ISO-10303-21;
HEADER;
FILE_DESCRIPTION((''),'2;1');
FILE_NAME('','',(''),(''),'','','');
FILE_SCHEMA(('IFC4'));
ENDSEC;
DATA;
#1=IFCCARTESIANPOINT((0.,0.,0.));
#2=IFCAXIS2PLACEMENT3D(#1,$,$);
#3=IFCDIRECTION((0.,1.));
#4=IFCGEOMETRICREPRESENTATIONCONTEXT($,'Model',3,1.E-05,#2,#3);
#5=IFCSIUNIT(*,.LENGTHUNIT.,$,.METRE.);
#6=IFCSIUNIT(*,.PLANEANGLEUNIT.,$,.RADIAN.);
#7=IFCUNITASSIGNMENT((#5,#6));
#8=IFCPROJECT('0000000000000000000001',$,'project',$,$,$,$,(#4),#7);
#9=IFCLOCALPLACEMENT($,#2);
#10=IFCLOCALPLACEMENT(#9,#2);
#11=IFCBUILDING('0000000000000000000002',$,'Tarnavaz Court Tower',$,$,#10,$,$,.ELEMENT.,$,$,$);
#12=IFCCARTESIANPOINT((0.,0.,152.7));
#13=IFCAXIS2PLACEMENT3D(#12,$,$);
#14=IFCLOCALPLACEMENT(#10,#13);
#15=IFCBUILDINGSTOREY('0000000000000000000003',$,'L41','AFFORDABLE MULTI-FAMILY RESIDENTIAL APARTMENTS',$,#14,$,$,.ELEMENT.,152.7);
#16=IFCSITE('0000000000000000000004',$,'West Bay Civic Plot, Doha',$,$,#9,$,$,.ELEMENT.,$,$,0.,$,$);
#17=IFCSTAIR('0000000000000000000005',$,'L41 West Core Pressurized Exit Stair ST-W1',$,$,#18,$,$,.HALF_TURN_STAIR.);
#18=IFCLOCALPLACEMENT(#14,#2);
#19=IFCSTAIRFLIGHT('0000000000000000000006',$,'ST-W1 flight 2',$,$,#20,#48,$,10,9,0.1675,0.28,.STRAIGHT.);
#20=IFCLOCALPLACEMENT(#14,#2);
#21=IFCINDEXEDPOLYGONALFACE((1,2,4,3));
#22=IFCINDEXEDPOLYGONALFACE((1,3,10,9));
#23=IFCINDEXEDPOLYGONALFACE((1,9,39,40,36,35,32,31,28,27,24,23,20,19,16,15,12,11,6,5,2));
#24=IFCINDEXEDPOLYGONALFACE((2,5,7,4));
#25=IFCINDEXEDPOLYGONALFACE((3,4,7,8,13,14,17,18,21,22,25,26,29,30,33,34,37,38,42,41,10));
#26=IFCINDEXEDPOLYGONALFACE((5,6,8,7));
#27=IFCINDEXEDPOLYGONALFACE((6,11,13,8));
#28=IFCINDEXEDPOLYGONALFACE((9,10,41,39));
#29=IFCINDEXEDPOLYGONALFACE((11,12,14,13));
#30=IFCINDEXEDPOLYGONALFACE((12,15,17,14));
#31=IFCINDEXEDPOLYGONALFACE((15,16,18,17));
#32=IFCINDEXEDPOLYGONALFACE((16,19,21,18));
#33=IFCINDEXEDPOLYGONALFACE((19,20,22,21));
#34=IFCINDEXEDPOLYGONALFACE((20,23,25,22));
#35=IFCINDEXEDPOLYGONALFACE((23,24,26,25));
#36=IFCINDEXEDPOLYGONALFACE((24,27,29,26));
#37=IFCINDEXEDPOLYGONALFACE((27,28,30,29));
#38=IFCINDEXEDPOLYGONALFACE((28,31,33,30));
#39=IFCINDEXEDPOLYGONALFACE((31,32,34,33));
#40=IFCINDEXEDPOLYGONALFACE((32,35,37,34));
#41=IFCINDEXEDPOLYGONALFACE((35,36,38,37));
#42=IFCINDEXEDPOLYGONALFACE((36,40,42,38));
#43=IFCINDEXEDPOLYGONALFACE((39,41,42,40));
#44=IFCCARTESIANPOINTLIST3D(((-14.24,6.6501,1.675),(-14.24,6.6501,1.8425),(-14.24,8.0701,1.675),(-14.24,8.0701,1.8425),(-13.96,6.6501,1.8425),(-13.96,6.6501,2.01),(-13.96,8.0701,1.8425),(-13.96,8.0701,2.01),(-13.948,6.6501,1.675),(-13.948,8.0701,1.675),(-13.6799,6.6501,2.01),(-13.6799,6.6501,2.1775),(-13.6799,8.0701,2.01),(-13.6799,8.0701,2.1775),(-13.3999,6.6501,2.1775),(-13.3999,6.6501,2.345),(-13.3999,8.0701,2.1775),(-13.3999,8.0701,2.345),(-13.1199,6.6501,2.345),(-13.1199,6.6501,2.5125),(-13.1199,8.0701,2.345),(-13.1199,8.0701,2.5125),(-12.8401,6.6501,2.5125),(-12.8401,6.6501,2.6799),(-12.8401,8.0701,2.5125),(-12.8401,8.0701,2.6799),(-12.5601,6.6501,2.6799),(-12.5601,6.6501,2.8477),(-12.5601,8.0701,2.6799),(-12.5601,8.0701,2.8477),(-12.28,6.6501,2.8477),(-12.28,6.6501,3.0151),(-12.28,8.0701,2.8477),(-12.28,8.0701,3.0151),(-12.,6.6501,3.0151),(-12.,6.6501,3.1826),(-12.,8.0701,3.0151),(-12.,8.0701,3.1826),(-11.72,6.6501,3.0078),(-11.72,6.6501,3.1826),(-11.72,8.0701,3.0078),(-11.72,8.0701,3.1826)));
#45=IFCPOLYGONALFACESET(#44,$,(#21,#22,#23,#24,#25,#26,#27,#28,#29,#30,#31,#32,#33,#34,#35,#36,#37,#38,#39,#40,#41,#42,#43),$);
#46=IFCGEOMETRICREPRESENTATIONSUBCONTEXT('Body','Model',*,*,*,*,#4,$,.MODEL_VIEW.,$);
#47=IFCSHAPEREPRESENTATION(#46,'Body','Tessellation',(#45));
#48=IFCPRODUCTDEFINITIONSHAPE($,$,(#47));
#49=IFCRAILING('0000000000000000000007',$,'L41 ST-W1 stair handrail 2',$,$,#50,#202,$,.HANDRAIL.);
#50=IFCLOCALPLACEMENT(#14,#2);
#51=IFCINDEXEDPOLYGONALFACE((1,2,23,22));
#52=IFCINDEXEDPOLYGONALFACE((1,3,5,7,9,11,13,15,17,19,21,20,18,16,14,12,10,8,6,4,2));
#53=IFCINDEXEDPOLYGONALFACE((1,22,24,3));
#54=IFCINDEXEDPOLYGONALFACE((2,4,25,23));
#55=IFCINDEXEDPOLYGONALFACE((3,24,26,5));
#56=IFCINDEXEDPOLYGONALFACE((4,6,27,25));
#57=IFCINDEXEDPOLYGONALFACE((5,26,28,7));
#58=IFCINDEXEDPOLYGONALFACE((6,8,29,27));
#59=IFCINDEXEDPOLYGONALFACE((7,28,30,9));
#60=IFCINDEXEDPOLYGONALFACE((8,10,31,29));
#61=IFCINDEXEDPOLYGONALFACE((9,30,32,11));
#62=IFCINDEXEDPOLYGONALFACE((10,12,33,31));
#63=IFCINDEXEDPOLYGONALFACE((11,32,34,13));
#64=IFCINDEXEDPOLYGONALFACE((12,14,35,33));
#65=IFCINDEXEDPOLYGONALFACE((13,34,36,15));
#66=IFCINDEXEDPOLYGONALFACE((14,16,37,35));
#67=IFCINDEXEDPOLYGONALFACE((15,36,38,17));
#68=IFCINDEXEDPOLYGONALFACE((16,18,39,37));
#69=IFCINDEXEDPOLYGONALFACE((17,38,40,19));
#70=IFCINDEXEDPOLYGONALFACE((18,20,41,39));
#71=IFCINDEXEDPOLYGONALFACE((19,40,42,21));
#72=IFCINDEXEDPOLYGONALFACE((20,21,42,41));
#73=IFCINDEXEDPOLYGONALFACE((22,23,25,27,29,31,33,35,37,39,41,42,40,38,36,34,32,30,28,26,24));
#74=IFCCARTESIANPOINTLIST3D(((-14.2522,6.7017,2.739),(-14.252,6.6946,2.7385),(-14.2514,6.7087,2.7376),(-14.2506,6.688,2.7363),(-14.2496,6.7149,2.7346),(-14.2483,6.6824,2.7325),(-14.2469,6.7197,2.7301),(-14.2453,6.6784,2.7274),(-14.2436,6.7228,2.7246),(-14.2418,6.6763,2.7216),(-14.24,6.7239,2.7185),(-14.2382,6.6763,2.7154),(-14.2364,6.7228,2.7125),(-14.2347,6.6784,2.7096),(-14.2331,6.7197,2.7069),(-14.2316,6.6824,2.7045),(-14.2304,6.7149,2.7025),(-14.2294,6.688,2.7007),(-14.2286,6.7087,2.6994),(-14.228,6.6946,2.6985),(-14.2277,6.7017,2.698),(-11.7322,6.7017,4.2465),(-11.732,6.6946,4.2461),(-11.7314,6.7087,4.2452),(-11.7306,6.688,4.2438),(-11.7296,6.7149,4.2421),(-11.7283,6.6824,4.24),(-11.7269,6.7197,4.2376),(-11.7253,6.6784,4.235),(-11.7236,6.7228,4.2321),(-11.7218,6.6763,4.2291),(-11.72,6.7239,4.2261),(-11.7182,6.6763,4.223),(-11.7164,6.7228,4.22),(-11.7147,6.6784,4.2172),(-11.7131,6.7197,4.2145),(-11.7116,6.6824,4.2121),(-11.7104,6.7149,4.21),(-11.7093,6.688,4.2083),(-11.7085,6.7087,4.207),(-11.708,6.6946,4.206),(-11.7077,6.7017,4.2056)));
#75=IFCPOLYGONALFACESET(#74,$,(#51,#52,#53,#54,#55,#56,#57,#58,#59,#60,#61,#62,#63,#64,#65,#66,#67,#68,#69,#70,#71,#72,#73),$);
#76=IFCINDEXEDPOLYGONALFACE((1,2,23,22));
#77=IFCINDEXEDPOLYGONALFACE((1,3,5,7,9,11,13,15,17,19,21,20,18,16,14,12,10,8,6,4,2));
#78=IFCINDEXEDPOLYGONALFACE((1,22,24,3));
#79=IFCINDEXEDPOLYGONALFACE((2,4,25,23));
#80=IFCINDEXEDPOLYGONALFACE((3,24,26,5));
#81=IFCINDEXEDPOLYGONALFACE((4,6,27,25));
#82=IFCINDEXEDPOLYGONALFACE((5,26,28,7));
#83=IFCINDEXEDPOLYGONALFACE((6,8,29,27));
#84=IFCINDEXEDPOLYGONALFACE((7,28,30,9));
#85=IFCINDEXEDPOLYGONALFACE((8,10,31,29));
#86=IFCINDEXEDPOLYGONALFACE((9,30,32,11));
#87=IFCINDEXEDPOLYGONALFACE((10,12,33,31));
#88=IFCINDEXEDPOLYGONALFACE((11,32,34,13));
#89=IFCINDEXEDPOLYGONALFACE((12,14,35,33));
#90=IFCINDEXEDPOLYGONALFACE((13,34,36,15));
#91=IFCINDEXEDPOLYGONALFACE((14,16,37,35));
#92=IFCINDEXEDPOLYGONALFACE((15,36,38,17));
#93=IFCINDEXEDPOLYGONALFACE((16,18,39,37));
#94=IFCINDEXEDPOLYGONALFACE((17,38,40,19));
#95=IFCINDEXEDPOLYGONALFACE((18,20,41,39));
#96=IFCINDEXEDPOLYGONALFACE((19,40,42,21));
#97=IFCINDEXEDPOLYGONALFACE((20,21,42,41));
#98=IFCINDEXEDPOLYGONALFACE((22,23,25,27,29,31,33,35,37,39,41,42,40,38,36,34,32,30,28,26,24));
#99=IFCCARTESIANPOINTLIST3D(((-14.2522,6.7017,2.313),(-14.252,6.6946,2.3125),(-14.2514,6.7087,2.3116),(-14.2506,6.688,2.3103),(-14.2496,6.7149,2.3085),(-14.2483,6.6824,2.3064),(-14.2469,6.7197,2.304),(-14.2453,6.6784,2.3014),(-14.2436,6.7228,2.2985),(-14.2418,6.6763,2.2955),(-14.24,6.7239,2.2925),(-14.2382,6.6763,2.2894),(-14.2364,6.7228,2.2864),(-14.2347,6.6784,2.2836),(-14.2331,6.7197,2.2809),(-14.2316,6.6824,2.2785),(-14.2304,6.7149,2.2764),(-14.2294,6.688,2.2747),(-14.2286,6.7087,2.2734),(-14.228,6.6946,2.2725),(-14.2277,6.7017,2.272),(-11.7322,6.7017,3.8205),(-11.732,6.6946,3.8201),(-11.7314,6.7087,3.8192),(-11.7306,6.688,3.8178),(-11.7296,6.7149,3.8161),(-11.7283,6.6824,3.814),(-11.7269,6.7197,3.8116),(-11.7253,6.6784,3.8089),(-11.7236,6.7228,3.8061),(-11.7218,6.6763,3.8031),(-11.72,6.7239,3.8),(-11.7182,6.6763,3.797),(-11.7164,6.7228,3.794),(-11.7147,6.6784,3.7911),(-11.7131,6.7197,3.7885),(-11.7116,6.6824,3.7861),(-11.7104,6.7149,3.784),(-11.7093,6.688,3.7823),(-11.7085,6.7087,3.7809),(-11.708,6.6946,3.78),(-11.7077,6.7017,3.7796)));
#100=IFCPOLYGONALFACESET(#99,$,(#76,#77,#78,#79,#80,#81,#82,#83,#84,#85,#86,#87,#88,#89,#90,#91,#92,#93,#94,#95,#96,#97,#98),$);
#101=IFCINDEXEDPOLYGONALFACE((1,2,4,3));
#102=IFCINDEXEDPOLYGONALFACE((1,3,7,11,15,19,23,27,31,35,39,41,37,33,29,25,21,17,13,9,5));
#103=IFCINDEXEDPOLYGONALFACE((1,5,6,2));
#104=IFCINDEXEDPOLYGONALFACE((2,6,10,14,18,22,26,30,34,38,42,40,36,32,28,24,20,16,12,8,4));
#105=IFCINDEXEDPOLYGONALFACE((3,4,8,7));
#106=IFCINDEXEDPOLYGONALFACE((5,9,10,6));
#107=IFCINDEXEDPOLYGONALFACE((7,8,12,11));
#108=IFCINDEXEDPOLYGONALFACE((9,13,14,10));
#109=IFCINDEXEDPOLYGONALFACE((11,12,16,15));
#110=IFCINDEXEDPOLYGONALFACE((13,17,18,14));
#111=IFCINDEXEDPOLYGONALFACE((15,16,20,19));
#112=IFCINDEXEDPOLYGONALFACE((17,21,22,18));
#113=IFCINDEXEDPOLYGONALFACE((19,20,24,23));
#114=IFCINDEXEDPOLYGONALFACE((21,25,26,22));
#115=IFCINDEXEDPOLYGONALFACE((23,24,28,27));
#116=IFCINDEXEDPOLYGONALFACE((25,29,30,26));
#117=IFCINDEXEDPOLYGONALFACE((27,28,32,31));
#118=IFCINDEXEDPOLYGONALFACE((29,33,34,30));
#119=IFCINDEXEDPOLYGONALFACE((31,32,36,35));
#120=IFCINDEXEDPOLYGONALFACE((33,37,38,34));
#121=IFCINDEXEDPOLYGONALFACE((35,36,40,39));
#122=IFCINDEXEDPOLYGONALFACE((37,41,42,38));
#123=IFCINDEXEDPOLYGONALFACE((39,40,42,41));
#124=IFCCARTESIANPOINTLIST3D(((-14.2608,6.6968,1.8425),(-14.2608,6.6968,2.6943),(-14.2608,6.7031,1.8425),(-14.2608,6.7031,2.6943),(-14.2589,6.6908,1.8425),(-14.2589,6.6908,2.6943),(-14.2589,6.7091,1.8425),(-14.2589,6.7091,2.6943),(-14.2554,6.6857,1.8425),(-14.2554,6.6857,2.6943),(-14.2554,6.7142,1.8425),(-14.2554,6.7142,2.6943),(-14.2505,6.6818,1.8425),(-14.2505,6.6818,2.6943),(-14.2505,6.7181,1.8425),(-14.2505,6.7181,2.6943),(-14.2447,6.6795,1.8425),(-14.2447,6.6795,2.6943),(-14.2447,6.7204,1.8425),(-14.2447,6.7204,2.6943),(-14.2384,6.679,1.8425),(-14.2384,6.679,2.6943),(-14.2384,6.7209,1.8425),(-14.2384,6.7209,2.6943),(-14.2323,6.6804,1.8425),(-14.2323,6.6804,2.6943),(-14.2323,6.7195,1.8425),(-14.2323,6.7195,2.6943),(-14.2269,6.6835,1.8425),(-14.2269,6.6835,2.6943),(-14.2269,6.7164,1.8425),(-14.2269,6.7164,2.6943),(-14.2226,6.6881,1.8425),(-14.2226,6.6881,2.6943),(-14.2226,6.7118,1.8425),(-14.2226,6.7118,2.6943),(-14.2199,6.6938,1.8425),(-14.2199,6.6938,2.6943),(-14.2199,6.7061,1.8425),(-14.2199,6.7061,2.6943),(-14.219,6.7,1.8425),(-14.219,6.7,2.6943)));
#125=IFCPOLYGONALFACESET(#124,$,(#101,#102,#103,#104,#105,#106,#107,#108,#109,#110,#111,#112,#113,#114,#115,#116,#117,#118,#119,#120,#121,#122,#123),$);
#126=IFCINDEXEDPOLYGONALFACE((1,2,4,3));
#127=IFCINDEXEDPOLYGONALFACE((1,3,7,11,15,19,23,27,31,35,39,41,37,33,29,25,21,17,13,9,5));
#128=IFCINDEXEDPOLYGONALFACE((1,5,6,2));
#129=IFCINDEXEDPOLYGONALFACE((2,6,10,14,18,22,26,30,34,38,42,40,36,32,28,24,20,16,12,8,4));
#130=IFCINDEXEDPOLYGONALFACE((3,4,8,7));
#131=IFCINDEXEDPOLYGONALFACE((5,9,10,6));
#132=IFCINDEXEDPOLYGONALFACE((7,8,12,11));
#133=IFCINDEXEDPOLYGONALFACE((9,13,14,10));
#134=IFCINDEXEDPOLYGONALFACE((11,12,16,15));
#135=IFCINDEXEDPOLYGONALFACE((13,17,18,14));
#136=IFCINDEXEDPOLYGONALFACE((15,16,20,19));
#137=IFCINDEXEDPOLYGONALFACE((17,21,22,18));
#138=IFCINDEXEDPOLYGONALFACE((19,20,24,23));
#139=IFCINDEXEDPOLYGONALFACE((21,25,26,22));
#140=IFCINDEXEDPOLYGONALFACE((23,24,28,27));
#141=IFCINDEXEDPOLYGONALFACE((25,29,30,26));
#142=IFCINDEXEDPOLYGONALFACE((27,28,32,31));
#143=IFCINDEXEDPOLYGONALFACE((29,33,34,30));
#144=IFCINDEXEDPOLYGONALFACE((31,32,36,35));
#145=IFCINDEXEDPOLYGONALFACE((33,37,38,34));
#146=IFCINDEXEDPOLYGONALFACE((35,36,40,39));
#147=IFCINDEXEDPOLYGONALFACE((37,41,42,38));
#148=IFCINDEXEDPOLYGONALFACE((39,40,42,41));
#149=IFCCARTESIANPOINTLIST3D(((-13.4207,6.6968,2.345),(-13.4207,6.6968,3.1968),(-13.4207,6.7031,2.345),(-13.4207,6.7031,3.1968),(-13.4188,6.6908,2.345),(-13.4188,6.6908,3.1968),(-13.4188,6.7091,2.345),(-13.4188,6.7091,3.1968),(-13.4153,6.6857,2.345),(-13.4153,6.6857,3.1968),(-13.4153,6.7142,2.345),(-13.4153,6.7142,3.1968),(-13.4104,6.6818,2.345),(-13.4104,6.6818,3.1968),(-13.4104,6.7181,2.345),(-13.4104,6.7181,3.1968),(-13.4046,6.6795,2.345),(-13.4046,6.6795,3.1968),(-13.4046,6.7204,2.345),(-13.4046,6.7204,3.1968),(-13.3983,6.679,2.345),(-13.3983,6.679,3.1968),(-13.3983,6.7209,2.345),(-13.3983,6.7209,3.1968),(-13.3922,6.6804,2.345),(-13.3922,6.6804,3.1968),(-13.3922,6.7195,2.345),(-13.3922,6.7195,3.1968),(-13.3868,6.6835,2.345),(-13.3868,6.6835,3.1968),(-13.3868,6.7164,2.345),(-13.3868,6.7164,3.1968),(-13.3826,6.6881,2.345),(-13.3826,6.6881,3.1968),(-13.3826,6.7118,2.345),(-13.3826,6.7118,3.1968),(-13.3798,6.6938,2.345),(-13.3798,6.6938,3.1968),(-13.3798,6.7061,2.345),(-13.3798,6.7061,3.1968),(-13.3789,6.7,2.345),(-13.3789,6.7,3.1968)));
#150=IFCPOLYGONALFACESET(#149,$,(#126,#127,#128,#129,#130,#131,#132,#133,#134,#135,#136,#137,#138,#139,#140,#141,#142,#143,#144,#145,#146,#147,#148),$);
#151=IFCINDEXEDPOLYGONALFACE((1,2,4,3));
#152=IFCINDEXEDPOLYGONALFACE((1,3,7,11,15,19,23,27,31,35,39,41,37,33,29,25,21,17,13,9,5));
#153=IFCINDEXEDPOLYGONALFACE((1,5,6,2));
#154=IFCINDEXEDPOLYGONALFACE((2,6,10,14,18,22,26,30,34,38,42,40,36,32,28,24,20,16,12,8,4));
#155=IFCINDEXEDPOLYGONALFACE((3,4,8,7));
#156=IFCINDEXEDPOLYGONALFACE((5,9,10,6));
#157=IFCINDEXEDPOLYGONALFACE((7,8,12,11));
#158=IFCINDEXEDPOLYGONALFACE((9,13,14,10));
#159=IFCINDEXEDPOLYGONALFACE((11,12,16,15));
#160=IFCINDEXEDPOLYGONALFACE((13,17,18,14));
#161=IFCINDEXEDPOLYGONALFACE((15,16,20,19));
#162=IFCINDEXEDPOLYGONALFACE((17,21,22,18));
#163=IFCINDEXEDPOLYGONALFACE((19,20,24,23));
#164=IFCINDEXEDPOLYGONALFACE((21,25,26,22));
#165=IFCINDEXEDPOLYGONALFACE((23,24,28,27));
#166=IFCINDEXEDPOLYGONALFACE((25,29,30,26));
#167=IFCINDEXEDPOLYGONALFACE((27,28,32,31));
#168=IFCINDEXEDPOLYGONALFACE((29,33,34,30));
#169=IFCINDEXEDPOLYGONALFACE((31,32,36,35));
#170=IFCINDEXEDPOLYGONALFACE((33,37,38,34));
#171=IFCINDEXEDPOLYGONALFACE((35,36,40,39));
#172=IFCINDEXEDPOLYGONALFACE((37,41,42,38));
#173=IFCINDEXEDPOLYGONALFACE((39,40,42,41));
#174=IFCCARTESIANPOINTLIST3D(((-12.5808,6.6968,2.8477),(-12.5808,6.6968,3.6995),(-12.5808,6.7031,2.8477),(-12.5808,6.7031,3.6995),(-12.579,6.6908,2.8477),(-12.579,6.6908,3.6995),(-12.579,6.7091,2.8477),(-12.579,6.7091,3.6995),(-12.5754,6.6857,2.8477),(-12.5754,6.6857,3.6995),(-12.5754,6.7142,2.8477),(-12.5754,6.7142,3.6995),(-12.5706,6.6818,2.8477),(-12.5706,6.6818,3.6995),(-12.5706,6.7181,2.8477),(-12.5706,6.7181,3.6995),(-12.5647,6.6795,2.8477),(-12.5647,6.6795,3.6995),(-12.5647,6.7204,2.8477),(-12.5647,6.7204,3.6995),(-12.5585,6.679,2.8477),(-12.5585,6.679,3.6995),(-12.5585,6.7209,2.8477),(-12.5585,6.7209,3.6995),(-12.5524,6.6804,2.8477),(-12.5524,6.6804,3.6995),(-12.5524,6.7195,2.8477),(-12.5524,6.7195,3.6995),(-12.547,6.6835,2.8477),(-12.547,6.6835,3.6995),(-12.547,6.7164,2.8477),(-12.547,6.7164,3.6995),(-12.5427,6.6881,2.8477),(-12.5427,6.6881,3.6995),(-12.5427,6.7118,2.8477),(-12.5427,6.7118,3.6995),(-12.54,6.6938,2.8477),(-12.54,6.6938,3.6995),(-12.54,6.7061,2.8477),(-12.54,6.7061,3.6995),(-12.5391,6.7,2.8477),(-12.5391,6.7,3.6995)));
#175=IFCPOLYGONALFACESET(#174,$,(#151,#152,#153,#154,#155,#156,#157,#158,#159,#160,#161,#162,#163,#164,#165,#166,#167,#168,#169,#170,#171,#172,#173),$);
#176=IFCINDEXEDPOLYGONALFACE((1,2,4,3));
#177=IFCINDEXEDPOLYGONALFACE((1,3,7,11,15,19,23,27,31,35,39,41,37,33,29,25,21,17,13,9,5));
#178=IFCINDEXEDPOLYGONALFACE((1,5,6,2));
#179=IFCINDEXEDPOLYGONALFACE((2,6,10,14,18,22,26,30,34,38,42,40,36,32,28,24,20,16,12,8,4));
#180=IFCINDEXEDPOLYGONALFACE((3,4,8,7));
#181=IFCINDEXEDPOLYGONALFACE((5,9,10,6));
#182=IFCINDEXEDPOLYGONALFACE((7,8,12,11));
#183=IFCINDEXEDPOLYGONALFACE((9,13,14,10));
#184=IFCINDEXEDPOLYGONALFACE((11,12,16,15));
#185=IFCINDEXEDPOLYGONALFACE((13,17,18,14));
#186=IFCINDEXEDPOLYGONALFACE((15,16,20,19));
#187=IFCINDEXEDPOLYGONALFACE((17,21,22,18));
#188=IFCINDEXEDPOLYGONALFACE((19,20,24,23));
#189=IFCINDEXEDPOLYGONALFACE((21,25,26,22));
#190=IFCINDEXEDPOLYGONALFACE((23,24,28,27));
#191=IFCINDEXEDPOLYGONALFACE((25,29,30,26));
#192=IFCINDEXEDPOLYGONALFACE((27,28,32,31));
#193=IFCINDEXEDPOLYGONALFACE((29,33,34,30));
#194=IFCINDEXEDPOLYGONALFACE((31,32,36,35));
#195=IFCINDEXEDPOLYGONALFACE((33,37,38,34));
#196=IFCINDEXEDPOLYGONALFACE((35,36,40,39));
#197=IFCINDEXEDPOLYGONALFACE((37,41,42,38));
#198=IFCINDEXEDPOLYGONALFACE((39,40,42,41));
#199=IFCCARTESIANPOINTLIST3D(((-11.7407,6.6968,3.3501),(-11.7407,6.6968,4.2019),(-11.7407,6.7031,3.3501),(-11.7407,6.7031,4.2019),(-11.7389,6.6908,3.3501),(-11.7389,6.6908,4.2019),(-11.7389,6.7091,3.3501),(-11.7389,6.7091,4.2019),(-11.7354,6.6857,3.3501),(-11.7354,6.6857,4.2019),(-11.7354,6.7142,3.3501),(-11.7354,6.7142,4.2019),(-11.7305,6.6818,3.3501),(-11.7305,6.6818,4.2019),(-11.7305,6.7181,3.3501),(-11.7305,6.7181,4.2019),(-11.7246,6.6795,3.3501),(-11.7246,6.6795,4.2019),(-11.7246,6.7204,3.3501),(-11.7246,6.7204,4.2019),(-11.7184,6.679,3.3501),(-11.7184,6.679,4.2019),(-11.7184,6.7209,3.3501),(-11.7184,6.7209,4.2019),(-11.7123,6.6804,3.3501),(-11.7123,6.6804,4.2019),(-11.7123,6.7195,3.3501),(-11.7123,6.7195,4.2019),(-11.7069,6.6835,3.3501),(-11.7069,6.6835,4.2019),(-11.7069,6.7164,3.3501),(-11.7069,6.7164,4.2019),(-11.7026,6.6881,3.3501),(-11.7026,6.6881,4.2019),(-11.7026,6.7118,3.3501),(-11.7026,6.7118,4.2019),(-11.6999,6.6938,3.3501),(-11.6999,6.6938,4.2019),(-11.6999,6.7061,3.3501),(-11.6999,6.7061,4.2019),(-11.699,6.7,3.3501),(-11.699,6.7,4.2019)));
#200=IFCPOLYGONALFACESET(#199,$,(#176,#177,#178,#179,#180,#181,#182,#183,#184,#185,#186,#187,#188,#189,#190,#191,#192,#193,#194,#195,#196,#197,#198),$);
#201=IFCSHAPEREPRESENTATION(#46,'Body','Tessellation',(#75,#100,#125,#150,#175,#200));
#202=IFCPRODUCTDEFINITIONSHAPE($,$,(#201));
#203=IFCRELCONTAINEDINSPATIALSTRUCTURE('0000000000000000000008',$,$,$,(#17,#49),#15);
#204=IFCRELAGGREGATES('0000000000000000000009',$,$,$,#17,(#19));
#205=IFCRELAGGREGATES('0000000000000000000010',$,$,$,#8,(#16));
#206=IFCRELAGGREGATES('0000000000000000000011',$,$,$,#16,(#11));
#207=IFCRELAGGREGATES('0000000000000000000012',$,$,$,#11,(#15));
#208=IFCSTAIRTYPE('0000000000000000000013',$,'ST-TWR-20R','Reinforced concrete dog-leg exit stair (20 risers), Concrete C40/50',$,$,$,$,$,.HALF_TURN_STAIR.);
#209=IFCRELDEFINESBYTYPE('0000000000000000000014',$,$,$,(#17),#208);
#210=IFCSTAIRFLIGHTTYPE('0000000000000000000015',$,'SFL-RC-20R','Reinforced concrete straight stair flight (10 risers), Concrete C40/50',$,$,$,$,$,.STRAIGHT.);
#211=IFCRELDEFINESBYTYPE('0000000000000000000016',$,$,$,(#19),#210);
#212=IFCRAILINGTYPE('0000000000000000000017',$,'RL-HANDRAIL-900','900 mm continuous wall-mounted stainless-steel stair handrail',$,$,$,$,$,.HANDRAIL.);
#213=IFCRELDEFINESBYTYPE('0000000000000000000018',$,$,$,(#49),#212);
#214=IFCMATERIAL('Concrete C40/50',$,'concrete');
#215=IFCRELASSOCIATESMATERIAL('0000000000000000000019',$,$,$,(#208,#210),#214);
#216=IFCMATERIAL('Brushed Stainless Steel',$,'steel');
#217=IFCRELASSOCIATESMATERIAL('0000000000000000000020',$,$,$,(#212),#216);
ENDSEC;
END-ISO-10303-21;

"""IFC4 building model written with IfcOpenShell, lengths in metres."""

from ifc_helpers import new_model, si_unit, direction, frame, origin, origin_2d, place, context, subcontext, project, spatial, polyline, circle, outline, extrude, material, type_object, element, aggregate, save


model = new_model("IFC4")

# Units and contexts
model_context = context("Model", 3, precision=1e-05, world=origin(), true_north=direction((0.0, 1.0)))
body_context = subcontext(model_context, "Body", "Model", "MODEL_VIEW")
ifc_project = project(units=[si_unit("LENGTHUNIT", "METRE"), si_unit("PLANEANGLEUNIT", "RADIAN")], contexts=[model_context])

# Site, building, storey
site_placement = place(None, origin())
site = spatial("IfcSite", under=ifc_project, at=site_placement, Name="West Bay Civic Plot, Doha", CompositionType="ELEMENT", RefElevation=0.0)
building_placement = place(site_placement, origin())
building = spatial("IfcBuilding", under=site, at=building_placement, Name="Tarnavaz Court Tower", CompositionType="ELEMENT")
storey_placement = place(building_placement, frame((0.0, 0.0, 152.7)))
storey = spatial("IfcBuildingStorey", under=building, at=storey_placement, Name="L41", Description="AFFORDABLE MULTI-FAMILY RESIDENTIAL APARTMENTS", CompositionType="ELEMENT", Elevation=152.7)

# Stair, stair flight
ifc_material_1 = material(Name="Concrete C40/50", Category="concrete")
stair_type = type_object("IfcStairType", Name="ST-TWR-20R", Description="Reinforced concrete dog-leg exit stair (20 risers), Concrete C40/50", PredefinedType="HALF_TURN_STAIR", material=ifc_material_1)
stair_placement = place(storey_placement, origin())
stair = element("IfcStair", 1, at=stair_placement, inside=storey, type_object=stair_type, Name="L41 West Core Pressurized Exit Stair ST-W1", PredefinedType="HALF_TURN_STAIR")
stair_flight_type = type_object("IfcStairFlightType", Name="SFL-RC-20R", Description="Reinforced concrete straight stair flight (10 risers), Concrete C40/50", PredefinedType="STRAIGHT", material=ifc_material_1)
stair_flight_placement = place(storey_placement, frame((-14.24, 7.3601, 1.675), z_axis=(0.0, 0.0, 1.0), x_axis=(1.0, 0.0, 0.0)))
stair_flight = element("IfcStairFlight", 2, at=stair_flight_placement, type_object=stair_flight_type, Name="ST-W1 flight 2", NumberOfRisers=10, NumberOfTreads=9, PredefinedType="STRAIGHT", RiserHeight=0.1675, TreadLength=0.28, context=body_context, shape_type="SweptSolid", body=[
    extrude(outline(polyline([(0.0, 0.0), (0.0, 0.1675), (0.28, 0.1675), (0.28, 0.335), (0.5601, 0.335), (0.5601, 0.5024), (0.8401, 0.5024), (0.8401, 0.6699), (1.1201, 0.6699), (1.1201, 0.8374), (1.3999, 0.8374), (1.3999, 1.0049), (1.6799, 1.0049), (1.6799, 1.1726), (1.96, 1.1726), (1.96, 1.3401), (2.24, 1.3401), (2.24, 1.5076), (2.52, 1.5076), (2.52, 1.675), (2.52, 1.3328), (0.292, 0.0), (0.0, 0.0)])), frame((0.0, 0.71, 0.0), z_axis=(0.0, -1.0, 0.0), x_axis=(1.0, 0.0, 0.0)), (0.0, 0.0, 1.0), 1.4199),
])
aggregate(stair, [stair_flight])

# Railing
ifc_material_2 = material(Name="Brushed Stainless Steel", Category="steel")
railing_type_1 = type_object("IfcRailingType", Name="RL-HANDRAIL-900", Description="900 mm continuous wall-mounted stainless-steel stair handrail", PredefinedType="HANDRAIL", material=ifc_material_2)
railing_1_placement = place(storey_placement, frame((-14.24, 6.7, 1.8425)))
element("IfcRailing", 3, at=railing_1_placement, inside=storey, type_object=railing_type_1, Name="L41 ST-W1 stair handrail 2", PredefinedType="HANDRAIL", context=body_context, shape_type="SweptSolid", body=[
    extrude(circle(Radius=0.0239, at=origin_2d()), frame((0.0, 0.0, 0.876), z_axis=(0.85816, 0.0, 0.513383), x_axis=(0.0, 1.0, 0.0)), (0.0, 0.0, 1.0), 2.9365),
    extrude(circle(Radius=0.0239, at=origin_2d()), frame((0.0, 0.0, 0.45), z_axis=(0.85816, 0.0, 0.513383), x_axis=(0.0, 1.0, 0.0)), (0.0, 0.0, 1.0), 2.9365),
    extrude(circle(Radius=0.021, at=origin_2d()), origin(), (0.0, 0.0, 1.0), 0.8518),
    extrude(circle(Radius=0.021, at=origin_2d()), frame((0.8401, 0.0, 0.5024)), (0.0, 0.0, 1.0), 0.8518),
    extrude(circle(Radius=0.021, at=origin_2d()), frame((1.6799, 0.0, 1.0051)), (0.0, 0.0, 1.0), 0.8518),
    extrude(circle(Radius=0.021, at=origin_2d()), frame((2.52, 0.0, 1.5076)), (0.0, 0.0, 1.0), 0.8518),
])

save(model, "model.ifc")
